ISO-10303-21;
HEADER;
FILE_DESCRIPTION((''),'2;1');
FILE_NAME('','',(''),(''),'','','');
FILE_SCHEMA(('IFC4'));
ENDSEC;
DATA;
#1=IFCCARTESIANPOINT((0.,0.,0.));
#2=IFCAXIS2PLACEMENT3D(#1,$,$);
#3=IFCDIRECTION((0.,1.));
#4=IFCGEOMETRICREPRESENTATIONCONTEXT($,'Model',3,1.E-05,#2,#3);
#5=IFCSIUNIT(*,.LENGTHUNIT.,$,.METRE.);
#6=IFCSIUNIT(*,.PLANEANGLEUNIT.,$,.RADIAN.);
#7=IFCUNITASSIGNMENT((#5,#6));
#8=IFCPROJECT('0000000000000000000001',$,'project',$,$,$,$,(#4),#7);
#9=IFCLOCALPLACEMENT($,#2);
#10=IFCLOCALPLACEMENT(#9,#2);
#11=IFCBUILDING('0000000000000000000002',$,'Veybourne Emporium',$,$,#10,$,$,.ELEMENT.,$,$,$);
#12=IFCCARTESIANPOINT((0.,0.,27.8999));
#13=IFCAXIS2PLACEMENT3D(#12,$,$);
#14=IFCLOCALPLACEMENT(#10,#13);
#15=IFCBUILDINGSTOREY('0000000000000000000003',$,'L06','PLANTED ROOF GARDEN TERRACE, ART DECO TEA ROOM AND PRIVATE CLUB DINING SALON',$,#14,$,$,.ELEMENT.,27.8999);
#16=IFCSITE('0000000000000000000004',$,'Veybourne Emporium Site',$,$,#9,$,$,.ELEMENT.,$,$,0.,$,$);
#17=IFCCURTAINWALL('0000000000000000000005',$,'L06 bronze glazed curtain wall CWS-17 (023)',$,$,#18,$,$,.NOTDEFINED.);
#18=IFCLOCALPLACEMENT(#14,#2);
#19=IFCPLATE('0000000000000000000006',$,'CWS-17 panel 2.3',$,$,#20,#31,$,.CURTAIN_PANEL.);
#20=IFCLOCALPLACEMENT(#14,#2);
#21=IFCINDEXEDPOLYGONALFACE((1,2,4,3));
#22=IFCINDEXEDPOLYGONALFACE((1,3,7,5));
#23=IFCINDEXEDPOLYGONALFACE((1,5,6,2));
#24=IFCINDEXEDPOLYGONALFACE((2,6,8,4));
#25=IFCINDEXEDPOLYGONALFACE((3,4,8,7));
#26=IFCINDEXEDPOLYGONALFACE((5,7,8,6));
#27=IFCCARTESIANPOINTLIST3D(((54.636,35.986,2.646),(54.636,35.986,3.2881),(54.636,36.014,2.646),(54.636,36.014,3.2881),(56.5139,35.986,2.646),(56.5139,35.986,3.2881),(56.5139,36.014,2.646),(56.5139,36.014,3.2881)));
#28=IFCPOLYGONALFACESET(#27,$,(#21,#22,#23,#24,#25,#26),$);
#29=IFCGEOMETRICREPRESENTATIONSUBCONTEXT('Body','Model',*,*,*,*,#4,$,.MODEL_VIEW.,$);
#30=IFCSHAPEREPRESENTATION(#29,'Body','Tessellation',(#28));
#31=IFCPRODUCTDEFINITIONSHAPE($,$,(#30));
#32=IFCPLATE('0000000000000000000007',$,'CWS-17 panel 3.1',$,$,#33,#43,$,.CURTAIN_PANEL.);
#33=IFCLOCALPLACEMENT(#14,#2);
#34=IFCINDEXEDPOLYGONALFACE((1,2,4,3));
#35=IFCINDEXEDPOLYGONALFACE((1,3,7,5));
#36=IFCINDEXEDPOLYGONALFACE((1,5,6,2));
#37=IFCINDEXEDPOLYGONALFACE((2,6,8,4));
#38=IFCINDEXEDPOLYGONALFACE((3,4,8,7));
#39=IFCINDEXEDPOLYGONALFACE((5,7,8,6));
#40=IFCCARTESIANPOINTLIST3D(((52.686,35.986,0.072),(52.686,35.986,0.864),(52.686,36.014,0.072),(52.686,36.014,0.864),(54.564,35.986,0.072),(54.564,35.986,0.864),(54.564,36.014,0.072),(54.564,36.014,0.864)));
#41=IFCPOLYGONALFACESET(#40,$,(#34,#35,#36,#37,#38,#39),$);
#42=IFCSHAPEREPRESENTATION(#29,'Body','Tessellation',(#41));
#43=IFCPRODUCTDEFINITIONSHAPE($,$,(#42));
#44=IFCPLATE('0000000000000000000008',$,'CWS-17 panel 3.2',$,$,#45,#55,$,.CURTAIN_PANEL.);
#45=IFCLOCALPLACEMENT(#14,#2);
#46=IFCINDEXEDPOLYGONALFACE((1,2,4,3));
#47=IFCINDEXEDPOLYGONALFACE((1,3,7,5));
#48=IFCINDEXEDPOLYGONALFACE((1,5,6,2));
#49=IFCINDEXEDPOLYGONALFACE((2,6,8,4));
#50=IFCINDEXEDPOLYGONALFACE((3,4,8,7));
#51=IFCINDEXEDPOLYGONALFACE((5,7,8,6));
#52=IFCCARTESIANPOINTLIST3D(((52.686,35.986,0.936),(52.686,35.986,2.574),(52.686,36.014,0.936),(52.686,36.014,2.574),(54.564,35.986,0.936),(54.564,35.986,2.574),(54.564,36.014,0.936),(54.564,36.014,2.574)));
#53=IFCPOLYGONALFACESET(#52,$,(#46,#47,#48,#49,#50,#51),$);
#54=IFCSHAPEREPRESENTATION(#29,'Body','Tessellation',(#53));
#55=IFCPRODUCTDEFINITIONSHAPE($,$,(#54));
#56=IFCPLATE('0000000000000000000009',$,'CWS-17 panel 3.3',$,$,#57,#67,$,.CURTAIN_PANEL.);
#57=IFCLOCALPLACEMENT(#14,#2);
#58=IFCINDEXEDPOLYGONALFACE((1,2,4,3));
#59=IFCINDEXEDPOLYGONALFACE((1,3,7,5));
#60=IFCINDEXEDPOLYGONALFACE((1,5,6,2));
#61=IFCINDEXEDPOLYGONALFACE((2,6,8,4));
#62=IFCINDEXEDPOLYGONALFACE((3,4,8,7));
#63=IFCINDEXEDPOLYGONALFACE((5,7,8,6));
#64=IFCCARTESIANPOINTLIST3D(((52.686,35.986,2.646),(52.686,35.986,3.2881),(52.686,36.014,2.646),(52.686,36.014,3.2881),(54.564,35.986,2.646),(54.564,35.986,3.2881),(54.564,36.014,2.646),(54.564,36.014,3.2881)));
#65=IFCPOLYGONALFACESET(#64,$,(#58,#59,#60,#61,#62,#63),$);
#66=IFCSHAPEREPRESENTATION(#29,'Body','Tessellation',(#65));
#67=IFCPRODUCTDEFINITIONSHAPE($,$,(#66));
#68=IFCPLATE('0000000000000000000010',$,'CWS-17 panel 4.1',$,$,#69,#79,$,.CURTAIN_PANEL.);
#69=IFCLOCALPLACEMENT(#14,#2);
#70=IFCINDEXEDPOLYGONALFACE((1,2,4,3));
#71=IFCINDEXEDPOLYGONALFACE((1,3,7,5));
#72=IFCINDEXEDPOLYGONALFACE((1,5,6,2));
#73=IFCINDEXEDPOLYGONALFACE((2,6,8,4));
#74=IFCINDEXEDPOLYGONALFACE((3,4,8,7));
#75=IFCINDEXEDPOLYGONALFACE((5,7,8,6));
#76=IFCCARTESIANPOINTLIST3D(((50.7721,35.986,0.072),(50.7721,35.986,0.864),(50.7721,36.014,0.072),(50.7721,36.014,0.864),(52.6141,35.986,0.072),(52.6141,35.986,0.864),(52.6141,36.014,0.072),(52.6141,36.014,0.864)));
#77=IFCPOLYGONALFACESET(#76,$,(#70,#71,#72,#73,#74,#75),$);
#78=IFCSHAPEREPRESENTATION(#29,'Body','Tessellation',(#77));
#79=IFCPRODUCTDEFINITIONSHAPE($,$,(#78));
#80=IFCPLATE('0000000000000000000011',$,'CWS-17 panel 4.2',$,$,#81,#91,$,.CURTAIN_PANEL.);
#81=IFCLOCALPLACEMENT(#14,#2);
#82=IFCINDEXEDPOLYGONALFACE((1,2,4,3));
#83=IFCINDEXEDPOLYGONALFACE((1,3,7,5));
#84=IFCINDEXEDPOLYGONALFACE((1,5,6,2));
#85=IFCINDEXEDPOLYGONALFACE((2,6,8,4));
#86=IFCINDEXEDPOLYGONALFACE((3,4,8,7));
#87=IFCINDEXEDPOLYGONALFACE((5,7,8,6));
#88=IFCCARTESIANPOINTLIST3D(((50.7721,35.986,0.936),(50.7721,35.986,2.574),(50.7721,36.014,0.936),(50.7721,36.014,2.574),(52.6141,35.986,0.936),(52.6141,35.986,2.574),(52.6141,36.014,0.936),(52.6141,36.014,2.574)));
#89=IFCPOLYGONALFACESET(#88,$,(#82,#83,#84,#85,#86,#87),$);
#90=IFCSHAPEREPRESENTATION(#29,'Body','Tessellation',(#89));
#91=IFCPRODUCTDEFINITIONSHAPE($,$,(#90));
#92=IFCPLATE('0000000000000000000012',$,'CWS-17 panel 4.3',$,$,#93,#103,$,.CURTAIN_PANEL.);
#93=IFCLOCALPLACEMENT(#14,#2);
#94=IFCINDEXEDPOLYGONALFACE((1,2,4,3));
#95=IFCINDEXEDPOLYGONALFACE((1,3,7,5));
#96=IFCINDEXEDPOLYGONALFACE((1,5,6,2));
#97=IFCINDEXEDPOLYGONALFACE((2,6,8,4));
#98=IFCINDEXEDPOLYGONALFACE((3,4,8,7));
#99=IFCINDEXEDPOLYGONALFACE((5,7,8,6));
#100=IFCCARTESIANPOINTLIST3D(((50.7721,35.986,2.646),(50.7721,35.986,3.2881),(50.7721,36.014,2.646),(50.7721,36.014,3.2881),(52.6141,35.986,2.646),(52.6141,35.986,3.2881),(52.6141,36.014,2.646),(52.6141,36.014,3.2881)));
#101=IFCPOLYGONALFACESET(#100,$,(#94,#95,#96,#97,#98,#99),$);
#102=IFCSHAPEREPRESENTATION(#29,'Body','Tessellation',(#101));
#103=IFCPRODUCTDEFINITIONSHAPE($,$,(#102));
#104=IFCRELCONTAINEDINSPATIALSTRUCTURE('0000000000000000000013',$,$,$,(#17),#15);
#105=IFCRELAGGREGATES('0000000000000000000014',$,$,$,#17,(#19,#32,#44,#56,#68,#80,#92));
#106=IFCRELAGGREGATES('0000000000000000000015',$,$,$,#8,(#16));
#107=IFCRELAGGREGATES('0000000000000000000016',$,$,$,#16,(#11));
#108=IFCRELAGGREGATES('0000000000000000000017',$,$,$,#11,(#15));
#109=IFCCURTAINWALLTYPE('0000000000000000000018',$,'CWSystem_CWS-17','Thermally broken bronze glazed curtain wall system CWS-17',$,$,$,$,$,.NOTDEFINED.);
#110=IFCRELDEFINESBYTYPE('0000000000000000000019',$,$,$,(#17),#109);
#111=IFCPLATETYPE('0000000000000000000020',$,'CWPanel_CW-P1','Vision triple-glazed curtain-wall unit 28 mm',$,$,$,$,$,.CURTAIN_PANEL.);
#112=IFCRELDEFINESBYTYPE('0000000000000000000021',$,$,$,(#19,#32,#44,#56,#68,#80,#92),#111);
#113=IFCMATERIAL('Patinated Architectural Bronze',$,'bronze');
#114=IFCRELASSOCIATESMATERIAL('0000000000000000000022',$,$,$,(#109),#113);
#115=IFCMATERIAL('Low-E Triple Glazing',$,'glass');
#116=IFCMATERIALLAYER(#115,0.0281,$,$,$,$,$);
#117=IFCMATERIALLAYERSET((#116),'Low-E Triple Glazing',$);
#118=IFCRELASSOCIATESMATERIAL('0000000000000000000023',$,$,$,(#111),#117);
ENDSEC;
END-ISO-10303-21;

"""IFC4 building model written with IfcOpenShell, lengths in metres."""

from ifc_helpers import new_model, si_unit, direction, frame, origin, origin_2d, place, context, subcontext, project, spatial, rectangle, extrude, material, layer, layer_set, type_object, element, aggregate, save


model = new_model("IFC4")

# Units and contexts
model_context = context("Model", 3, precision=1e-05, world=origin(), true_north=direction((0.0, 1.0)))
body_context = subcontext(model_context, "Body", "Model", "MODEL_VIEW")
ifc_project = project(units=[si_unit("LENGTHUNIT", "METRE"), si_unit("PLANEANGLEUNIT", "RADIAN")], contexts=[model_context])

# Site, building, storey
site_placement = place(None, origin())
site = spatial("IfcSite", under=ifc_project, at=site_placement, Name="Veybourne Emporium Site", CompositionType="ELEMENT", RefElevation=0.0)
building_placement = place(site_placement, origin())
building = spatial("IfcBuilding", under=site, at=building_placement, Name="Veybourne Emporium", CompositionType="ELEMENT")
storey_placement = place(building_placement, frame((0.0, 0.0, 27.8999)))
storey = spatial("IfcBuildingStorey", under=building, at=storey_placement, Name="L06", Description="PLANTED ROOF GARDEN TERRACE, ART DECO TEA ROOM AND PRIVATE CLUB DINING SALON", CompositionType="ELEMENT", Elevation=27.8999)

# Curtain wall
ifc_material_1 = material(Name="Patinated Architectural Bronze", Category="bronze")
curtain_wall_type = type_object("IfcCurtainWallType", Name="CWSystem_CWS-17", Description="Thermally broken bronze glazed curtain wall system CWS-17", PredefinedType="NOTDEFINED", material=ifc_material_1)
curtain_wall_placement = place(storey_placement, origin())
curtain_wall = element("IfcCurtainWall", 1, at=curtain_wall_placement, inside=storey, type_object=curtain_wall_type, Name="L06 bronze glazed curtain wall CWS-17 (023)", PredefinedType="NOTDEFINED")

# Plates
ifc_material_2 = material(Name="Low-E Triple Glazing", Category="glass")
ifc_layer_1 = layer(ifc_material_2, 0.0281)
ifc_layer_set_1 = layer_set([ifc_layer_1], Name="Low-E Triple Glazing")
plate_type = type_object("IfcPlateType", Name="CWPanel_CW-P1", Description="Vision triple-glazed curtain-wall unit 28 mm", PredefinedType="CURTAIN_PANEL", material=ifc_layer_set_1)
plate_1_placement = place(storey_placement, frame((55.575, 36.0, 2.646), z_axis=(0.0, 0.0, 1.0), x_axis=(-1.0, 0.0, 0.0)))
plate_1 = element("IfcPlate", 2, at=plate_1_placement, type_object=plate_type, Name="CWS-17 panel 2.3", PredefinedType="CURTAIN_PANEL", context=body_context, shape_type="SweptSolid", body=[
    extrude(rectangle(XDim=1.8779, YDim=0.0281, at=origin_2d()), origin(), (0.0, 0.0, 1.0), 0.6421),
])
plate_2_placement = place(storey_placement, frame((53.625, 36.0, 0.072), z_axis=(0.0, 0.0, 1.0), x_axis=(-1.0, 0.0, 0.0)))
plate_2 = element("IfcPlate", 3, at=plate_2_placement, type_object=plate_type, Name="CWS-17 panel 3.1", PredefinedType="CURTAIN_PANEL", context=body_context, shape_type="SweptSolid", body=[
    extrude(rectangle(XDim=1.8779, YDim=0.0281, at=origin_2d()), origin(), (0.0, 0.0, 1.0), 0.792),
])
plate_3_placement = place(storey_placement, frame((53.625, 36.0, 0.936), z_axis=(0.0, 0.0, 1.0), x_axis=(-1.0, 0.0, 0.0)))
plate_3 = element("IfcPlate", 4, at=plate_3_placement, type_object=plate_type, Name="CWS-17 panel 3.2", PredefinedType="CURTAIN_PANEL", context=body_context, shape_type="SweptSolid", body=[
    extrude(rectangle(XDim=1.8779, YDim=0.0281, at=origin_2d()), origin(), (0.0, 0.0, 1.0), 1.6379),
])
plate_4_placement = place(storey_placement, frame((53.625, 36.0, 2.646), z_axis=(0.0, 0.0, 1.0), x_axis=(-1.0, 0.0, 0.0)))
plate_4 = element("IfcPlate", 5, at=plate_4_placement, type_object=plate_type, Name="CWS-17 panel 3.3", PredefinedType="CURTAIN_PANEL", context=body_context, shape_type="SweptSolid", body=[
    extrude(rectangle(XDim=1.8779, YDim=0.0281, at=origin_2d()), origin(), (0.0, 0.0, 1.0), 0.6421),
])
plate_5_placement = place(storey_placement, frame((51.6931, 36.0, 0.072), z_axis=(0.0, 0.0, 1.0), x_axis=(-1.0, 0.0, 0.0)))
plate_5 = element("IfcPlate", 6, at=plate_5_placement, type_object=plate_type, Name="CWS-17 panel 4.1", PredefinedType="CURTAIN_PANEL", context=body_context, shape_type="SweptSolid", body=[
    extrude(rectangle(XDim=1.842, YDim=0.0281, at=origin_2d()), origin(), (0.0, 0.0, 1.0), 0.792),
])
plate_6_placement = place(storey_placement, frame((51.6931, 36.0, 0.936), z_axis=(0.0, 0.0, 1.0), x_axis=(-1.0, 0.0, 0.0)))
plate_6 = element("IfcPlate", 7, at=plate_6_placement, type_object=plate_type, Name="CWS-17 panel 4.2", PredefinedType="CURTAIN_PANEL", context=body_context, shape_type="SweptSolid", body=[
    extrude(rectangle(XDim=1.842, YDim=0.0281, at=origin_2d()), origin(), (0.0, 0.0, 1.0), 1.6379),
])
plate_7_placement = place(storey_placement, frame((51.6931, 36.0, 2.646), z_axis=(0.0, 0.0, 1.0), x_axis=(-1.0, 0.0, 0.0)))
plate_7 = element("IfcPlate", 8, at=plate_7_placement, type_object=plate_type, Name="CWS-17 panel 4.3", PredefinedType="CURTAIN_PANEL", context=body_context, shape_type="SweptSolid", body=[
    extrude(rectangle(XDim=1.842, YDim=0.0281, at=origin_2d()), origin(), (0.0, 0.0, 1.0), 0.6421),
])
aggregate(curtain_wall, [plate_1, plate_2, plate_3, plate_4, plate_5, plate_6, plate_7])

save(model, "model.ifc")
